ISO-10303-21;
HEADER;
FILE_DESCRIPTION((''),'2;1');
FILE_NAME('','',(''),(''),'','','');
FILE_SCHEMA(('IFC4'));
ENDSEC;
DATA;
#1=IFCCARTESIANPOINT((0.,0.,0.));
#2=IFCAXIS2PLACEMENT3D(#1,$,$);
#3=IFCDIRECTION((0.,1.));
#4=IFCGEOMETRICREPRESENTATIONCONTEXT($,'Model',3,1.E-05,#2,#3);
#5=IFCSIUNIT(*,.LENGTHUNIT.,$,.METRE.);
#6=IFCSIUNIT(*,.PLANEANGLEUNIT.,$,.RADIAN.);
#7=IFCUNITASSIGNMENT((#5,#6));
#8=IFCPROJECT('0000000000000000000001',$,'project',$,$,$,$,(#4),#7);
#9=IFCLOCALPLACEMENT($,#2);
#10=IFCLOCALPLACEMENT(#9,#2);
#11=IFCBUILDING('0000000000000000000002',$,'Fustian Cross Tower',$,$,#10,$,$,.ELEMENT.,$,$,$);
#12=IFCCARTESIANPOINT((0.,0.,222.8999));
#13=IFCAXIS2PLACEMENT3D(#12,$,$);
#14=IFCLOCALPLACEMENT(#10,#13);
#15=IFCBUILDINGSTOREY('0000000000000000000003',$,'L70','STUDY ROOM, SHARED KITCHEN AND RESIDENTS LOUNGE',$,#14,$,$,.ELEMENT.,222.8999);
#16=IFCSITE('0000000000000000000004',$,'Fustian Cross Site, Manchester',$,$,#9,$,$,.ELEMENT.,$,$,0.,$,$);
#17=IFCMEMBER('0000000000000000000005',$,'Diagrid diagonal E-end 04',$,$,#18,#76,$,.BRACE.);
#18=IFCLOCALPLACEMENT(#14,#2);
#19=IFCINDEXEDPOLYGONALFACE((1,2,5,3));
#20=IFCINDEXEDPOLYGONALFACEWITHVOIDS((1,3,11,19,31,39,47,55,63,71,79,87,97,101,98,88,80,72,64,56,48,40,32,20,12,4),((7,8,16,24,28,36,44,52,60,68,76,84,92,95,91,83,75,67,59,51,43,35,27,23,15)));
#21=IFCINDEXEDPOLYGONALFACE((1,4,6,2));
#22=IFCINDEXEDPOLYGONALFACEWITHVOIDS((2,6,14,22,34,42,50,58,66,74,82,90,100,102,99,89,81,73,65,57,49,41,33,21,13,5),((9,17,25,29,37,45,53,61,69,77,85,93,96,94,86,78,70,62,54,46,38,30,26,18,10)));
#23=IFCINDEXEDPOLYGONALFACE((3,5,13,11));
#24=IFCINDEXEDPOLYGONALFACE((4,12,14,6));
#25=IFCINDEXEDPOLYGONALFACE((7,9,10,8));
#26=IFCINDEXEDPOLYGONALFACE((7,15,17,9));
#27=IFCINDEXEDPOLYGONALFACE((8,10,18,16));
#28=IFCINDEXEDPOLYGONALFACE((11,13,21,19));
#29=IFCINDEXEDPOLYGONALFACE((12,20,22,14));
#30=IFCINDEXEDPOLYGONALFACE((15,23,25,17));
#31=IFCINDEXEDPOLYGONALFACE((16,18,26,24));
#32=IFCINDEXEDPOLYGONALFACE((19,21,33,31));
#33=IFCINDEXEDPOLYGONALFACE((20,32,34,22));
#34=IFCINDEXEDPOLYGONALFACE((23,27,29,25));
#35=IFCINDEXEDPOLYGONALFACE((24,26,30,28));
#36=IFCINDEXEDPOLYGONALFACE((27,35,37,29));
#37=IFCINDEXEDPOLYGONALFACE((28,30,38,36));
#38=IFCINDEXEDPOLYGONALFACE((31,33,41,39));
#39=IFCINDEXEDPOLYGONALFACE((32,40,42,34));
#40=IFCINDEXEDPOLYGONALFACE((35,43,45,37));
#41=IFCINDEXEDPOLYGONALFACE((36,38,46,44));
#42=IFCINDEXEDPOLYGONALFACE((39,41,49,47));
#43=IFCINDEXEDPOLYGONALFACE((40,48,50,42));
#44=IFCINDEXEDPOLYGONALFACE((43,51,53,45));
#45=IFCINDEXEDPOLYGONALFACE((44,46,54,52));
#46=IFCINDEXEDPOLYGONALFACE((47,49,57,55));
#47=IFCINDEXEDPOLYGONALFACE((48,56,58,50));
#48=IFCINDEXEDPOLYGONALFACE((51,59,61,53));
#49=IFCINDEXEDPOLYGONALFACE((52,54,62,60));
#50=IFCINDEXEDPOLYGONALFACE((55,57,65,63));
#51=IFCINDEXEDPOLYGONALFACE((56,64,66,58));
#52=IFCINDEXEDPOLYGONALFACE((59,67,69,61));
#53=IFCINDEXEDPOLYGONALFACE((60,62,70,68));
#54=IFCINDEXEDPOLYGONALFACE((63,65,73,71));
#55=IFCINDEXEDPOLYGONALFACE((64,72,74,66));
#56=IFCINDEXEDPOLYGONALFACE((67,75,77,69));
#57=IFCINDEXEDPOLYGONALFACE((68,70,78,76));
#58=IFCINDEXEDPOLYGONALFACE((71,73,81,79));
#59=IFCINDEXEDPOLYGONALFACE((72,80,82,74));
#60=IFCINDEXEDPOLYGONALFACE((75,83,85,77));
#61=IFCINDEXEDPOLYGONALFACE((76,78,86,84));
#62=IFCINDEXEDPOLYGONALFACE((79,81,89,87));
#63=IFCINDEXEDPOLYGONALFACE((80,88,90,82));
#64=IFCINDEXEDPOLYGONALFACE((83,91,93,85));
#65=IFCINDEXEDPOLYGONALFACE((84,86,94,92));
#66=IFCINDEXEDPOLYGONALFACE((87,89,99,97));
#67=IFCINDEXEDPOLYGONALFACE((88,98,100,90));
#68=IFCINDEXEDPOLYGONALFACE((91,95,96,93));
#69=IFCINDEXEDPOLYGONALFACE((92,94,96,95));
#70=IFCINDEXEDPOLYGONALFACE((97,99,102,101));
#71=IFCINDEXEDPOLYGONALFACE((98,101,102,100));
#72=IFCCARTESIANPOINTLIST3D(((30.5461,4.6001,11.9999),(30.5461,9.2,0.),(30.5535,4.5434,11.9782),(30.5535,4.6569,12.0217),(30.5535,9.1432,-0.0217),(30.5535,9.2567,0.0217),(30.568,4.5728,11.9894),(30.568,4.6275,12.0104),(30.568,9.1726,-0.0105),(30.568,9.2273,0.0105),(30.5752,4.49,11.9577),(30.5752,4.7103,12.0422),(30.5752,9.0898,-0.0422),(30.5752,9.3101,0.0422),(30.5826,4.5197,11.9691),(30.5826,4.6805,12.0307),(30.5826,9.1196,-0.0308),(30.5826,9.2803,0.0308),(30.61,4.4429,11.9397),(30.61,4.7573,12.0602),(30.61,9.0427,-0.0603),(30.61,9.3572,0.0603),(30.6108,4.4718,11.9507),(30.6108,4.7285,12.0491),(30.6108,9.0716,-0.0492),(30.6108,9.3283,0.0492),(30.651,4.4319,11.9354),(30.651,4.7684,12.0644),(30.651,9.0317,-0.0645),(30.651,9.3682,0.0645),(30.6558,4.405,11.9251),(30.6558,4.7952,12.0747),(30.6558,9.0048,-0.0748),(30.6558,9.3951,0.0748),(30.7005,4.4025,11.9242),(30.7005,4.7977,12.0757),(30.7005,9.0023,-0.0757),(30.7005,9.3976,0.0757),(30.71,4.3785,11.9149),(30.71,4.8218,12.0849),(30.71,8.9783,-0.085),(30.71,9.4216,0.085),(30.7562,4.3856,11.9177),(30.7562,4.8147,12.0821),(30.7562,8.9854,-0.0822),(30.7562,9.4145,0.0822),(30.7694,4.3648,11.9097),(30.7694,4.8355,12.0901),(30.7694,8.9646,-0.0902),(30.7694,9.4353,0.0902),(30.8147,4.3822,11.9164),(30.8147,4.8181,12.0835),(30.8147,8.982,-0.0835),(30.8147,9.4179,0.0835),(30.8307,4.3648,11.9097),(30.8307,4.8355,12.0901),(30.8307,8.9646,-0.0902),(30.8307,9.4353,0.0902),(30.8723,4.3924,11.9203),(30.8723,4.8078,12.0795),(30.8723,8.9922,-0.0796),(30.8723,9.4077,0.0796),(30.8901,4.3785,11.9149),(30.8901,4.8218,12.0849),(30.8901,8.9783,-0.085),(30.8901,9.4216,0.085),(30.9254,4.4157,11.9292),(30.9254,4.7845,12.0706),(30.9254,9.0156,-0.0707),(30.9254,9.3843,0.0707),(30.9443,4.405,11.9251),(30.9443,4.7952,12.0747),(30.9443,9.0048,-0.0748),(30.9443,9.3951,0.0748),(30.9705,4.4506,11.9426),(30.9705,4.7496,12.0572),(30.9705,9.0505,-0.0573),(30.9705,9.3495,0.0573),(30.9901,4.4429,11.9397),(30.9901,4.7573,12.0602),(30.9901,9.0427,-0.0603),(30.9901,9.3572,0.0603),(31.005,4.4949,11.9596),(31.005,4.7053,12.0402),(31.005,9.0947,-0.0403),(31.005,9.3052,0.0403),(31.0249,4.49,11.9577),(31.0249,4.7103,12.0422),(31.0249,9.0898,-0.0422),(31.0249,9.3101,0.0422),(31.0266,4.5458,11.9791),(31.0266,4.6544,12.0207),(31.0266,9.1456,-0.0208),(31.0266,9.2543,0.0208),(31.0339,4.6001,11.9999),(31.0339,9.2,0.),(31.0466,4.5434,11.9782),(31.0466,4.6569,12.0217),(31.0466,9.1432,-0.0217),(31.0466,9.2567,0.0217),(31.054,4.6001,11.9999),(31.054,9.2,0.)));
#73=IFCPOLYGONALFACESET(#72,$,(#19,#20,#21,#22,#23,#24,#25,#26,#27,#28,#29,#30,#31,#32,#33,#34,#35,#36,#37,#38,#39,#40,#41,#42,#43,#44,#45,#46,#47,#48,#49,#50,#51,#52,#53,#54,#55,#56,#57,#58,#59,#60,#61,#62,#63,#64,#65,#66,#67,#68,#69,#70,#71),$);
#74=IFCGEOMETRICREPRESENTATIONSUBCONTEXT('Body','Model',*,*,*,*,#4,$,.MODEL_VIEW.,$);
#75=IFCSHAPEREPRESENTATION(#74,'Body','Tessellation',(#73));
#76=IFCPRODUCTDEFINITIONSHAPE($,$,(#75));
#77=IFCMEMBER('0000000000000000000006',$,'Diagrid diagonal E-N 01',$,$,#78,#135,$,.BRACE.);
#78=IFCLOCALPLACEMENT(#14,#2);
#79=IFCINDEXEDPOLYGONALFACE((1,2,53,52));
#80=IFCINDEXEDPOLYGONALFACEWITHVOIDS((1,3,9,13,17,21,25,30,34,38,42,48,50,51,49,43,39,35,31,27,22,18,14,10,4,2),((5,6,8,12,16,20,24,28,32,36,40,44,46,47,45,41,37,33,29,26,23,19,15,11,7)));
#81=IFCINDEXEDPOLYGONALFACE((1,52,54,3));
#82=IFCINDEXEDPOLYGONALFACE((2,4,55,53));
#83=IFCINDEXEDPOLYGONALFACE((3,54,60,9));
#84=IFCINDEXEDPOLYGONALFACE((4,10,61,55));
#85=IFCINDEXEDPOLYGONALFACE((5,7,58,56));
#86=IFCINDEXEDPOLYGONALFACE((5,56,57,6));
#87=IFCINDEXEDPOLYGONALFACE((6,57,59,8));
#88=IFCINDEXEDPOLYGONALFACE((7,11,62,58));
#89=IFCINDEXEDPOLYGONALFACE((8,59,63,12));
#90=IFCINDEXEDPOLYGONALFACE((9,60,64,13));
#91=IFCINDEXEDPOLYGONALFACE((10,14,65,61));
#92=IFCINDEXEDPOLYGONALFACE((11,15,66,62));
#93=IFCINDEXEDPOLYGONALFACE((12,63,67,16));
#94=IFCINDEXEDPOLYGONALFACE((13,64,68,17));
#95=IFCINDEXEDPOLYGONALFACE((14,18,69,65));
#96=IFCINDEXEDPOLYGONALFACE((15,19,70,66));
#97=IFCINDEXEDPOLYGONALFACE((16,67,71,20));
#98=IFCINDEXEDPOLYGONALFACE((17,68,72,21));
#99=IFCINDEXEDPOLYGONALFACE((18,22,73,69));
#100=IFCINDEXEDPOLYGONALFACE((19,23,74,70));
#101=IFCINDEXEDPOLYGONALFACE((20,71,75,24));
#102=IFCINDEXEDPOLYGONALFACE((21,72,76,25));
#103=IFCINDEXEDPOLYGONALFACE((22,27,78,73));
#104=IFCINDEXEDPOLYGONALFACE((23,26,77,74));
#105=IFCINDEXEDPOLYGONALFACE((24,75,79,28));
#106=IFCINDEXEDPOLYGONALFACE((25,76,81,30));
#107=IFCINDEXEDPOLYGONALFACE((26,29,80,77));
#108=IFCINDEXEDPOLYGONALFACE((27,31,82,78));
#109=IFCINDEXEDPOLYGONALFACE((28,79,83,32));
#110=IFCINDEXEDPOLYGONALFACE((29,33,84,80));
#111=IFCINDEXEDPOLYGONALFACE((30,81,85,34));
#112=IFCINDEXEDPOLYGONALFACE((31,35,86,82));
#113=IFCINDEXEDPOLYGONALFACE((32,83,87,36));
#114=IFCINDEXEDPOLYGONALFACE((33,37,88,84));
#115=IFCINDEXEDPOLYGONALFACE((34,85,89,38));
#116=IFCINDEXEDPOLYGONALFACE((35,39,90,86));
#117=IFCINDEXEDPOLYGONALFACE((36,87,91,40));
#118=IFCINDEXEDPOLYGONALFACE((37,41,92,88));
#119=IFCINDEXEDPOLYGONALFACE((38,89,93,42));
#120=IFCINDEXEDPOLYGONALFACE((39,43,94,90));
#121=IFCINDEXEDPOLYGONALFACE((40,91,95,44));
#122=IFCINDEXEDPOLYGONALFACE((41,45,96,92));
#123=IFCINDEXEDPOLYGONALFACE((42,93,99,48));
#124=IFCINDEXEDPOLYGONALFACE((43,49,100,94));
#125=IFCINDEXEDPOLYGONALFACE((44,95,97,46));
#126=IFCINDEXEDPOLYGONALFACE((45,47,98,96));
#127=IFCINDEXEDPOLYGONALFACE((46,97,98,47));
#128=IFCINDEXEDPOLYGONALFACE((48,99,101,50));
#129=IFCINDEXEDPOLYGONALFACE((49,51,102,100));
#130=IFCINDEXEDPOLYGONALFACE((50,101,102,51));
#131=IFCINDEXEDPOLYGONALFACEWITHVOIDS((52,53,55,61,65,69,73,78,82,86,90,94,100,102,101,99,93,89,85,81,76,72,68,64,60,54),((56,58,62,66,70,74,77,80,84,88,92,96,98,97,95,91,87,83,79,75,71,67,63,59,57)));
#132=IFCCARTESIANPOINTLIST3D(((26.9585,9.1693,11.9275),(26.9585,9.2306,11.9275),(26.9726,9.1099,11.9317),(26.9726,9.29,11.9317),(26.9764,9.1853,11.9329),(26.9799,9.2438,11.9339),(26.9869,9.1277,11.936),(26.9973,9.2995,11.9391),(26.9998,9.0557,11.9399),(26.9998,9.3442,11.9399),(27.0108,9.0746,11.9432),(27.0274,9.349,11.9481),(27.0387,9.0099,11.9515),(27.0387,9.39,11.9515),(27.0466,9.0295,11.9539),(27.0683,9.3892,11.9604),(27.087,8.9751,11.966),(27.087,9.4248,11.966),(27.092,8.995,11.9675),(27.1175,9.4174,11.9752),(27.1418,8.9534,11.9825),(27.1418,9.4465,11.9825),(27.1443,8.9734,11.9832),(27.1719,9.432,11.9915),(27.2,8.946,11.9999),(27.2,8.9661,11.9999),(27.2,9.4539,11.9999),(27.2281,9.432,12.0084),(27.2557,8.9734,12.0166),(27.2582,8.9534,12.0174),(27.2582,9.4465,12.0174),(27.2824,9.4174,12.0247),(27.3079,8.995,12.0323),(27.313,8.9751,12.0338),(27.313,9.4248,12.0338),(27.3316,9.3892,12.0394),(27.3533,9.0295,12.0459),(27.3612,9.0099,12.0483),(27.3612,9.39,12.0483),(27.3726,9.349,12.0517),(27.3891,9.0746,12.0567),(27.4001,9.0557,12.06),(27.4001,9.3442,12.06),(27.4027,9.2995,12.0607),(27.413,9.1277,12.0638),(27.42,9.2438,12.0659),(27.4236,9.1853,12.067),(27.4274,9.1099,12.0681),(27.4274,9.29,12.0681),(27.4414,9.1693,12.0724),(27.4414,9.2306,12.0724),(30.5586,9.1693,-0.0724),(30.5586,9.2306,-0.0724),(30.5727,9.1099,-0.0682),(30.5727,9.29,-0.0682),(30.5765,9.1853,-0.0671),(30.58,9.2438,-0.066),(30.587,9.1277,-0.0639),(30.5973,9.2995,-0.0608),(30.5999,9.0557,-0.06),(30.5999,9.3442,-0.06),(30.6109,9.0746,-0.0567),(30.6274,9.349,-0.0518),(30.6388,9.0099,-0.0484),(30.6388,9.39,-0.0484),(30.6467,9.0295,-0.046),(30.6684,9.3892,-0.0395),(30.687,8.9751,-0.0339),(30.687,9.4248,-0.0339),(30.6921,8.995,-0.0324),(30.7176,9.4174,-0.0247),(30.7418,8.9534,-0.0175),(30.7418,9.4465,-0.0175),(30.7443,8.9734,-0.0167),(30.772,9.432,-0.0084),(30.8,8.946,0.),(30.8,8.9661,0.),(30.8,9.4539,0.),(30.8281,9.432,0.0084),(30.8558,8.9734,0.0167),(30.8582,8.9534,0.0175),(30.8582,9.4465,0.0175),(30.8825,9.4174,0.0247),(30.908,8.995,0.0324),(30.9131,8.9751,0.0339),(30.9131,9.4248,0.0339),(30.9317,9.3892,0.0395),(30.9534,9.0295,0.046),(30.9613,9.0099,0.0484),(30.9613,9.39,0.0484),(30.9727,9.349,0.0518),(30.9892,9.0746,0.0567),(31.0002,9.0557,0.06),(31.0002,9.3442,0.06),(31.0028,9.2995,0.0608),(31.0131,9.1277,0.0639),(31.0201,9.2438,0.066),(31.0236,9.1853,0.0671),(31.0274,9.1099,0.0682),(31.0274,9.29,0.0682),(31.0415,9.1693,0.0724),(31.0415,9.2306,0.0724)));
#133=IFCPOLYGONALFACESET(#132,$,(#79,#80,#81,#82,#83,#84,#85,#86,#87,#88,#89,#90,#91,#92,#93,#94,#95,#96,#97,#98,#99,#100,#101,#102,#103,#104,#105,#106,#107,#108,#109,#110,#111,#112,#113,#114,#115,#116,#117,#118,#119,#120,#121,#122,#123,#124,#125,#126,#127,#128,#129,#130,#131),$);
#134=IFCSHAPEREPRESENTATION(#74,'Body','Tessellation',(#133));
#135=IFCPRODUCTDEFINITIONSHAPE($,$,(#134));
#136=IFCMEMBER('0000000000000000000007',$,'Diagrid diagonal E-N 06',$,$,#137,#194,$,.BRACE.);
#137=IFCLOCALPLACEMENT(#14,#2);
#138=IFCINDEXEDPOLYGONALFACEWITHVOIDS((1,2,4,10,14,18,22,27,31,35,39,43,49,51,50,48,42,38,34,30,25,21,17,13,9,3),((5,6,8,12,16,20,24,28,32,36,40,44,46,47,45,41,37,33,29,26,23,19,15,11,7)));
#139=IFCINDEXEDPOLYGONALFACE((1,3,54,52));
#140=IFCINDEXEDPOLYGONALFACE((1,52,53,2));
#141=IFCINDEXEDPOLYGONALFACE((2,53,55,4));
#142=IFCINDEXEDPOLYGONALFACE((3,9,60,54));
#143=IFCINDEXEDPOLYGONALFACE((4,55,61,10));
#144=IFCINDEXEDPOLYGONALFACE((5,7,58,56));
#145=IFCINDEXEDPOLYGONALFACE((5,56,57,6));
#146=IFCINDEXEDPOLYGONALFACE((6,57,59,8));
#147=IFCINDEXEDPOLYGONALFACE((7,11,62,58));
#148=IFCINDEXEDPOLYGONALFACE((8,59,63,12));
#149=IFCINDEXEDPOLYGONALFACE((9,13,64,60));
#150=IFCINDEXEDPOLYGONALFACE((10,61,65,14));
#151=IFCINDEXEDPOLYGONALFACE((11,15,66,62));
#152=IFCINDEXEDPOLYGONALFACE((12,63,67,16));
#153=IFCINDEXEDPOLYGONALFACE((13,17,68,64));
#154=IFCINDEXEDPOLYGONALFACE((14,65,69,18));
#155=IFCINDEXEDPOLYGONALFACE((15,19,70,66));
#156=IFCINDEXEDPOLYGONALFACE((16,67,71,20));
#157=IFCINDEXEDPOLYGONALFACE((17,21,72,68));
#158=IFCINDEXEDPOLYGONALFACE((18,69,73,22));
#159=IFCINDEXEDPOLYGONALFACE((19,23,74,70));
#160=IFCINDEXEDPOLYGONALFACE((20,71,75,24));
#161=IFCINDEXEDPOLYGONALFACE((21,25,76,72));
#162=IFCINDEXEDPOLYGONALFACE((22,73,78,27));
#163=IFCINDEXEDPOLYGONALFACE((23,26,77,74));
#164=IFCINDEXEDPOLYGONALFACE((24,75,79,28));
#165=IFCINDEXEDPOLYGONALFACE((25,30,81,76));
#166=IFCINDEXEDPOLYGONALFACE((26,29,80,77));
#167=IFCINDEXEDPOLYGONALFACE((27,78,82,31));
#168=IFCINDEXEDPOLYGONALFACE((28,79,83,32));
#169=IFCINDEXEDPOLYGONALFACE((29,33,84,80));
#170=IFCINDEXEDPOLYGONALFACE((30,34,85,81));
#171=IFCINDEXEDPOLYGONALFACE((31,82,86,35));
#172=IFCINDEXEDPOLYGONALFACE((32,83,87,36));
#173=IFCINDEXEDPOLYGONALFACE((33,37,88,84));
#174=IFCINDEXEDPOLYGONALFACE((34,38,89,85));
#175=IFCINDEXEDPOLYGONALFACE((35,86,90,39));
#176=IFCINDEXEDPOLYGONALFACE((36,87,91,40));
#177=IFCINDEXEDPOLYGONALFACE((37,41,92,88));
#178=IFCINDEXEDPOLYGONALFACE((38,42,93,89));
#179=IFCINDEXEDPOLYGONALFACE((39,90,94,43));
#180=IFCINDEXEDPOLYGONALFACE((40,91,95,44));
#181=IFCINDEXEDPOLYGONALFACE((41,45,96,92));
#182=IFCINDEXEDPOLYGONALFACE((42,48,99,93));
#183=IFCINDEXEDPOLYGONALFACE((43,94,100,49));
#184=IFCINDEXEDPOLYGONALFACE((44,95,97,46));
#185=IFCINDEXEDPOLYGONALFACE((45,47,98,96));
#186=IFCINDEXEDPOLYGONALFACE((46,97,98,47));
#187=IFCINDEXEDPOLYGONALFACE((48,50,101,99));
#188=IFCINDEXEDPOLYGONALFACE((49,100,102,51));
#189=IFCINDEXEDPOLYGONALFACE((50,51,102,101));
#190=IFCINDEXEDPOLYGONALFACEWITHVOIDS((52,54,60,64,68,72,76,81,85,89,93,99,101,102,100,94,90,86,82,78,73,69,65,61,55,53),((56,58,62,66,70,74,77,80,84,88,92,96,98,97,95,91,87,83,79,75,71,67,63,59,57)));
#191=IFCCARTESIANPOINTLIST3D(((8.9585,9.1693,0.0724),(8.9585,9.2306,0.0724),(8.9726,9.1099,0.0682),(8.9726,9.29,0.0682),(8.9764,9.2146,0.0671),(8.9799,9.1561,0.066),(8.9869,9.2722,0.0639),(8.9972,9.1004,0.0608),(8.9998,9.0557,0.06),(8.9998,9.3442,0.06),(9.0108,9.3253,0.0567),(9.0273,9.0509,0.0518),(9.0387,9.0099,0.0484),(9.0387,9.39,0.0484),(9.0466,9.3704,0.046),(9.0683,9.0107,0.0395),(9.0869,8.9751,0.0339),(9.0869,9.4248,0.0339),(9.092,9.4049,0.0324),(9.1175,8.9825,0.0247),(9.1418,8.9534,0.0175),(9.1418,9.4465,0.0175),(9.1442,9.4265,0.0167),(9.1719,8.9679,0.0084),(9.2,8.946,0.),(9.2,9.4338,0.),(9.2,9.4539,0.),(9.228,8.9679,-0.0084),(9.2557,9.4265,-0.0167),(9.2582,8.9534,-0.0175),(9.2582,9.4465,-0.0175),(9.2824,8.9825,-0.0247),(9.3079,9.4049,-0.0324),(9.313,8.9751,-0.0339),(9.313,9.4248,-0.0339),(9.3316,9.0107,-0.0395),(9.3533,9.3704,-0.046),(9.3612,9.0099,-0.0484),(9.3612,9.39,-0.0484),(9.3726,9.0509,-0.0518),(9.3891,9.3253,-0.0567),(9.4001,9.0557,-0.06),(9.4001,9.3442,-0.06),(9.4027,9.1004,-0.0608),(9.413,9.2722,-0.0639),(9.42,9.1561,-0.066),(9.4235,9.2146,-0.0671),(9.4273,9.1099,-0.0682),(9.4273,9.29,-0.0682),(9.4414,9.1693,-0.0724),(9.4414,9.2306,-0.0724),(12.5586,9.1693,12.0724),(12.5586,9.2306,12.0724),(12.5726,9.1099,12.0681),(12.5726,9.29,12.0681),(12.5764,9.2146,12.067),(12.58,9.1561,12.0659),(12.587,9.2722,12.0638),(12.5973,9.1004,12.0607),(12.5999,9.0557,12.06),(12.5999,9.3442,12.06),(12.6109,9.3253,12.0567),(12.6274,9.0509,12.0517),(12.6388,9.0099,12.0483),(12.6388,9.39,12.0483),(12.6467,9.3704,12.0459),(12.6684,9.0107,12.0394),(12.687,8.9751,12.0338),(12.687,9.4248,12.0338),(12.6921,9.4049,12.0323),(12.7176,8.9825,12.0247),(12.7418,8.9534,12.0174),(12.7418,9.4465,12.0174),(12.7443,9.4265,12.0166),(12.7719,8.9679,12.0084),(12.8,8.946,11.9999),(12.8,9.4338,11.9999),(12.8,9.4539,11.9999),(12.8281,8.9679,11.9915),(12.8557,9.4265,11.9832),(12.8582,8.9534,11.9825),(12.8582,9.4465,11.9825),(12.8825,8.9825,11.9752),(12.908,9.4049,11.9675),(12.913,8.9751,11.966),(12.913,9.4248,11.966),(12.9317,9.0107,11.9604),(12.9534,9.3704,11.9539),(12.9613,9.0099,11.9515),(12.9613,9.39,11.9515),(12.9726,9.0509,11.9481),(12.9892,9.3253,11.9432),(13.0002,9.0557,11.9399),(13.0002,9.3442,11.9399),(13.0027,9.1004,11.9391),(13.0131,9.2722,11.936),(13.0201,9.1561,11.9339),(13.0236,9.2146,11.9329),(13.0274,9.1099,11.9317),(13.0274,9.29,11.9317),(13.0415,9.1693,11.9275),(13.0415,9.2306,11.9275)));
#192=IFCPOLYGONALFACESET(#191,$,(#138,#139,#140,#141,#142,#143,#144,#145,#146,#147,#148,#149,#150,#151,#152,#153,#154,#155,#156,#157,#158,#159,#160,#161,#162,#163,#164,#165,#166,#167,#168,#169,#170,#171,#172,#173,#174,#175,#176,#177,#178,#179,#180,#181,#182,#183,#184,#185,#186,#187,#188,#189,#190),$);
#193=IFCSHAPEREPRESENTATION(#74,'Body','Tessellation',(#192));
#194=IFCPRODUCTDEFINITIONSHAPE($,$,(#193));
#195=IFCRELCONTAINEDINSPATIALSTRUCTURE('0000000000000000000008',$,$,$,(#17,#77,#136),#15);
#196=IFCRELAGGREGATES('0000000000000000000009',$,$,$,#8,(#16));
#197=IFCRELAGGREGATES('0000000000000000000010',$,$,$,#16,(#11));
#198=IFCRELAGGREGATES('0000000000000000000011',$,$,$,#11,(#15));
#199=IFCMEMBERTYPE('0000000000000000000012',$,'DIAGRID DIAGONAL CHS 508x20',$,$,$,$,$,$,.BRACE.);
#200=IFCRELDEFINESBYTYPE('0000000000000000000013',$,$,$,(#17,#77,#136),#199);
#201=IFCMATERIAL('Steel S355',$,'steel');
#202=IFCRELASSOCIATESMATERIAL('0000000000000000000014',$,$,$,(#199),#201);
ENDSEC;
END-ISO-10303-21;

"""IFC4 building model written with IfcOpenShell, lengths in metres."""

from ifc_helpers import new_model, si_unit, direction, frame, origin, origin_2d, place, context, subcontext, project, spatial, hollow_circle, extrude, material, material_profile, profile_set, type_object, element, save


model = new_model("IFC4")

# Units and contexts
model_context = context("Model", 3, precision=1e-05, world=origin(), true_north=direction((0.0, 1.0)))
body_context = subcontext(model_context, "Body", "Model", "MODEL_VIEW")
ifc_project = project(units=[si_unit("LENGTHUNIT", "METRE"), si_unit("PLANEANGLEUNIT", "RADIAN")], contexts=[model_context])

# Site, building, storey
site_placement = place(None, origin())
site = spatial("IfcSite", under=ifc_project, at=site_placement, Name="Fustian Cross Site, Manchester", CompositionType="ELEMENT", RefElevation=0.0)
building_placement = place(site_placement, origin())
building = spatial("IfcBuilding", under=site, at=building_placement, Name="Fustian Cross Tower", CompositionType="ELEMENT")
storey_placement = place(building_placement, frame((0.0, 0.0, 222.8999)))
storey = spatial("IfcBuildingStorey", under=building, at=storey_placement, Name="L70", Description="STUDY ROOM, SHARED KITCHEN AND RESIDENTS LOUNGE", CompositionType="ELEMENT", Elevation=222.8999)

# Members
ifc_material_1 = material(Name="Steel S355", Category="steel")
ifc_material_profile_1 = material_profile(ifc_material_1, hollow_circle(Radius=0.2539, WallThickness=0.02, at=origin_2d()), Name="CHS 508x20")
ifc_profile_set_1 = profile_set([ifc_material_profile_1], Name="Steel S355")
member_type_1 = type_object("IfcMemberType", Name="DIAGRID DIAGONAL CHS 508x20", PredefinedType="BRACE", material=ifc_profile_set_1)
member_1_placement = place(storey_placement, frame((30.8, 9.2, 0.0), z_axis=(0.0, -0.357926, 0.93375), x_axis=(1.0, 0.0, 0.0)))
element("IfcMember", 1, at=member_1_placement, inside=storey, type_object=member_type_1, Name="Diagrid diagonal E-end 04", PredefinedType="BRACE", context=body_context, shape_type="SweptSolid", body=[
    extrude(hollow_circle(Radius=0.2539, WallThickness=0.02, at=origin_2d()), origin(), (0.0, 0.0, 1.0), 12.8513),
])
for number, where, z_axis, x_axis, name in (
    (2, (30.8, 9.2, 0.0), (-0.287355, 0.0, 0.957824), (0.0, -1.0, 0.0), "Diagrid diagonal E-N 01"),
    (3, (9.2, 9.2, 0.0), (0.287355, 0.0, 0.957824), (0.0, 1.0, 0.0), "Diagrid diagonal E-N 06"),
):
    element("IfcMember", number, at=place(storey_placement, frame(where, z_axis=z_axis, x_axis=x_axis)), inside=storey, type_object=member_type_1, Name=name, PredefinedType="BRACE", context=body_context, shape_type="SweptSolid", body=[
        extrude(hollow_circle(Radius=0.2539, WallThickness=0.02, at=origin_2d()), origin(), (0.0, 0.0, 1.0), 12.5283),
    ])

save(model, "model.ifc")
